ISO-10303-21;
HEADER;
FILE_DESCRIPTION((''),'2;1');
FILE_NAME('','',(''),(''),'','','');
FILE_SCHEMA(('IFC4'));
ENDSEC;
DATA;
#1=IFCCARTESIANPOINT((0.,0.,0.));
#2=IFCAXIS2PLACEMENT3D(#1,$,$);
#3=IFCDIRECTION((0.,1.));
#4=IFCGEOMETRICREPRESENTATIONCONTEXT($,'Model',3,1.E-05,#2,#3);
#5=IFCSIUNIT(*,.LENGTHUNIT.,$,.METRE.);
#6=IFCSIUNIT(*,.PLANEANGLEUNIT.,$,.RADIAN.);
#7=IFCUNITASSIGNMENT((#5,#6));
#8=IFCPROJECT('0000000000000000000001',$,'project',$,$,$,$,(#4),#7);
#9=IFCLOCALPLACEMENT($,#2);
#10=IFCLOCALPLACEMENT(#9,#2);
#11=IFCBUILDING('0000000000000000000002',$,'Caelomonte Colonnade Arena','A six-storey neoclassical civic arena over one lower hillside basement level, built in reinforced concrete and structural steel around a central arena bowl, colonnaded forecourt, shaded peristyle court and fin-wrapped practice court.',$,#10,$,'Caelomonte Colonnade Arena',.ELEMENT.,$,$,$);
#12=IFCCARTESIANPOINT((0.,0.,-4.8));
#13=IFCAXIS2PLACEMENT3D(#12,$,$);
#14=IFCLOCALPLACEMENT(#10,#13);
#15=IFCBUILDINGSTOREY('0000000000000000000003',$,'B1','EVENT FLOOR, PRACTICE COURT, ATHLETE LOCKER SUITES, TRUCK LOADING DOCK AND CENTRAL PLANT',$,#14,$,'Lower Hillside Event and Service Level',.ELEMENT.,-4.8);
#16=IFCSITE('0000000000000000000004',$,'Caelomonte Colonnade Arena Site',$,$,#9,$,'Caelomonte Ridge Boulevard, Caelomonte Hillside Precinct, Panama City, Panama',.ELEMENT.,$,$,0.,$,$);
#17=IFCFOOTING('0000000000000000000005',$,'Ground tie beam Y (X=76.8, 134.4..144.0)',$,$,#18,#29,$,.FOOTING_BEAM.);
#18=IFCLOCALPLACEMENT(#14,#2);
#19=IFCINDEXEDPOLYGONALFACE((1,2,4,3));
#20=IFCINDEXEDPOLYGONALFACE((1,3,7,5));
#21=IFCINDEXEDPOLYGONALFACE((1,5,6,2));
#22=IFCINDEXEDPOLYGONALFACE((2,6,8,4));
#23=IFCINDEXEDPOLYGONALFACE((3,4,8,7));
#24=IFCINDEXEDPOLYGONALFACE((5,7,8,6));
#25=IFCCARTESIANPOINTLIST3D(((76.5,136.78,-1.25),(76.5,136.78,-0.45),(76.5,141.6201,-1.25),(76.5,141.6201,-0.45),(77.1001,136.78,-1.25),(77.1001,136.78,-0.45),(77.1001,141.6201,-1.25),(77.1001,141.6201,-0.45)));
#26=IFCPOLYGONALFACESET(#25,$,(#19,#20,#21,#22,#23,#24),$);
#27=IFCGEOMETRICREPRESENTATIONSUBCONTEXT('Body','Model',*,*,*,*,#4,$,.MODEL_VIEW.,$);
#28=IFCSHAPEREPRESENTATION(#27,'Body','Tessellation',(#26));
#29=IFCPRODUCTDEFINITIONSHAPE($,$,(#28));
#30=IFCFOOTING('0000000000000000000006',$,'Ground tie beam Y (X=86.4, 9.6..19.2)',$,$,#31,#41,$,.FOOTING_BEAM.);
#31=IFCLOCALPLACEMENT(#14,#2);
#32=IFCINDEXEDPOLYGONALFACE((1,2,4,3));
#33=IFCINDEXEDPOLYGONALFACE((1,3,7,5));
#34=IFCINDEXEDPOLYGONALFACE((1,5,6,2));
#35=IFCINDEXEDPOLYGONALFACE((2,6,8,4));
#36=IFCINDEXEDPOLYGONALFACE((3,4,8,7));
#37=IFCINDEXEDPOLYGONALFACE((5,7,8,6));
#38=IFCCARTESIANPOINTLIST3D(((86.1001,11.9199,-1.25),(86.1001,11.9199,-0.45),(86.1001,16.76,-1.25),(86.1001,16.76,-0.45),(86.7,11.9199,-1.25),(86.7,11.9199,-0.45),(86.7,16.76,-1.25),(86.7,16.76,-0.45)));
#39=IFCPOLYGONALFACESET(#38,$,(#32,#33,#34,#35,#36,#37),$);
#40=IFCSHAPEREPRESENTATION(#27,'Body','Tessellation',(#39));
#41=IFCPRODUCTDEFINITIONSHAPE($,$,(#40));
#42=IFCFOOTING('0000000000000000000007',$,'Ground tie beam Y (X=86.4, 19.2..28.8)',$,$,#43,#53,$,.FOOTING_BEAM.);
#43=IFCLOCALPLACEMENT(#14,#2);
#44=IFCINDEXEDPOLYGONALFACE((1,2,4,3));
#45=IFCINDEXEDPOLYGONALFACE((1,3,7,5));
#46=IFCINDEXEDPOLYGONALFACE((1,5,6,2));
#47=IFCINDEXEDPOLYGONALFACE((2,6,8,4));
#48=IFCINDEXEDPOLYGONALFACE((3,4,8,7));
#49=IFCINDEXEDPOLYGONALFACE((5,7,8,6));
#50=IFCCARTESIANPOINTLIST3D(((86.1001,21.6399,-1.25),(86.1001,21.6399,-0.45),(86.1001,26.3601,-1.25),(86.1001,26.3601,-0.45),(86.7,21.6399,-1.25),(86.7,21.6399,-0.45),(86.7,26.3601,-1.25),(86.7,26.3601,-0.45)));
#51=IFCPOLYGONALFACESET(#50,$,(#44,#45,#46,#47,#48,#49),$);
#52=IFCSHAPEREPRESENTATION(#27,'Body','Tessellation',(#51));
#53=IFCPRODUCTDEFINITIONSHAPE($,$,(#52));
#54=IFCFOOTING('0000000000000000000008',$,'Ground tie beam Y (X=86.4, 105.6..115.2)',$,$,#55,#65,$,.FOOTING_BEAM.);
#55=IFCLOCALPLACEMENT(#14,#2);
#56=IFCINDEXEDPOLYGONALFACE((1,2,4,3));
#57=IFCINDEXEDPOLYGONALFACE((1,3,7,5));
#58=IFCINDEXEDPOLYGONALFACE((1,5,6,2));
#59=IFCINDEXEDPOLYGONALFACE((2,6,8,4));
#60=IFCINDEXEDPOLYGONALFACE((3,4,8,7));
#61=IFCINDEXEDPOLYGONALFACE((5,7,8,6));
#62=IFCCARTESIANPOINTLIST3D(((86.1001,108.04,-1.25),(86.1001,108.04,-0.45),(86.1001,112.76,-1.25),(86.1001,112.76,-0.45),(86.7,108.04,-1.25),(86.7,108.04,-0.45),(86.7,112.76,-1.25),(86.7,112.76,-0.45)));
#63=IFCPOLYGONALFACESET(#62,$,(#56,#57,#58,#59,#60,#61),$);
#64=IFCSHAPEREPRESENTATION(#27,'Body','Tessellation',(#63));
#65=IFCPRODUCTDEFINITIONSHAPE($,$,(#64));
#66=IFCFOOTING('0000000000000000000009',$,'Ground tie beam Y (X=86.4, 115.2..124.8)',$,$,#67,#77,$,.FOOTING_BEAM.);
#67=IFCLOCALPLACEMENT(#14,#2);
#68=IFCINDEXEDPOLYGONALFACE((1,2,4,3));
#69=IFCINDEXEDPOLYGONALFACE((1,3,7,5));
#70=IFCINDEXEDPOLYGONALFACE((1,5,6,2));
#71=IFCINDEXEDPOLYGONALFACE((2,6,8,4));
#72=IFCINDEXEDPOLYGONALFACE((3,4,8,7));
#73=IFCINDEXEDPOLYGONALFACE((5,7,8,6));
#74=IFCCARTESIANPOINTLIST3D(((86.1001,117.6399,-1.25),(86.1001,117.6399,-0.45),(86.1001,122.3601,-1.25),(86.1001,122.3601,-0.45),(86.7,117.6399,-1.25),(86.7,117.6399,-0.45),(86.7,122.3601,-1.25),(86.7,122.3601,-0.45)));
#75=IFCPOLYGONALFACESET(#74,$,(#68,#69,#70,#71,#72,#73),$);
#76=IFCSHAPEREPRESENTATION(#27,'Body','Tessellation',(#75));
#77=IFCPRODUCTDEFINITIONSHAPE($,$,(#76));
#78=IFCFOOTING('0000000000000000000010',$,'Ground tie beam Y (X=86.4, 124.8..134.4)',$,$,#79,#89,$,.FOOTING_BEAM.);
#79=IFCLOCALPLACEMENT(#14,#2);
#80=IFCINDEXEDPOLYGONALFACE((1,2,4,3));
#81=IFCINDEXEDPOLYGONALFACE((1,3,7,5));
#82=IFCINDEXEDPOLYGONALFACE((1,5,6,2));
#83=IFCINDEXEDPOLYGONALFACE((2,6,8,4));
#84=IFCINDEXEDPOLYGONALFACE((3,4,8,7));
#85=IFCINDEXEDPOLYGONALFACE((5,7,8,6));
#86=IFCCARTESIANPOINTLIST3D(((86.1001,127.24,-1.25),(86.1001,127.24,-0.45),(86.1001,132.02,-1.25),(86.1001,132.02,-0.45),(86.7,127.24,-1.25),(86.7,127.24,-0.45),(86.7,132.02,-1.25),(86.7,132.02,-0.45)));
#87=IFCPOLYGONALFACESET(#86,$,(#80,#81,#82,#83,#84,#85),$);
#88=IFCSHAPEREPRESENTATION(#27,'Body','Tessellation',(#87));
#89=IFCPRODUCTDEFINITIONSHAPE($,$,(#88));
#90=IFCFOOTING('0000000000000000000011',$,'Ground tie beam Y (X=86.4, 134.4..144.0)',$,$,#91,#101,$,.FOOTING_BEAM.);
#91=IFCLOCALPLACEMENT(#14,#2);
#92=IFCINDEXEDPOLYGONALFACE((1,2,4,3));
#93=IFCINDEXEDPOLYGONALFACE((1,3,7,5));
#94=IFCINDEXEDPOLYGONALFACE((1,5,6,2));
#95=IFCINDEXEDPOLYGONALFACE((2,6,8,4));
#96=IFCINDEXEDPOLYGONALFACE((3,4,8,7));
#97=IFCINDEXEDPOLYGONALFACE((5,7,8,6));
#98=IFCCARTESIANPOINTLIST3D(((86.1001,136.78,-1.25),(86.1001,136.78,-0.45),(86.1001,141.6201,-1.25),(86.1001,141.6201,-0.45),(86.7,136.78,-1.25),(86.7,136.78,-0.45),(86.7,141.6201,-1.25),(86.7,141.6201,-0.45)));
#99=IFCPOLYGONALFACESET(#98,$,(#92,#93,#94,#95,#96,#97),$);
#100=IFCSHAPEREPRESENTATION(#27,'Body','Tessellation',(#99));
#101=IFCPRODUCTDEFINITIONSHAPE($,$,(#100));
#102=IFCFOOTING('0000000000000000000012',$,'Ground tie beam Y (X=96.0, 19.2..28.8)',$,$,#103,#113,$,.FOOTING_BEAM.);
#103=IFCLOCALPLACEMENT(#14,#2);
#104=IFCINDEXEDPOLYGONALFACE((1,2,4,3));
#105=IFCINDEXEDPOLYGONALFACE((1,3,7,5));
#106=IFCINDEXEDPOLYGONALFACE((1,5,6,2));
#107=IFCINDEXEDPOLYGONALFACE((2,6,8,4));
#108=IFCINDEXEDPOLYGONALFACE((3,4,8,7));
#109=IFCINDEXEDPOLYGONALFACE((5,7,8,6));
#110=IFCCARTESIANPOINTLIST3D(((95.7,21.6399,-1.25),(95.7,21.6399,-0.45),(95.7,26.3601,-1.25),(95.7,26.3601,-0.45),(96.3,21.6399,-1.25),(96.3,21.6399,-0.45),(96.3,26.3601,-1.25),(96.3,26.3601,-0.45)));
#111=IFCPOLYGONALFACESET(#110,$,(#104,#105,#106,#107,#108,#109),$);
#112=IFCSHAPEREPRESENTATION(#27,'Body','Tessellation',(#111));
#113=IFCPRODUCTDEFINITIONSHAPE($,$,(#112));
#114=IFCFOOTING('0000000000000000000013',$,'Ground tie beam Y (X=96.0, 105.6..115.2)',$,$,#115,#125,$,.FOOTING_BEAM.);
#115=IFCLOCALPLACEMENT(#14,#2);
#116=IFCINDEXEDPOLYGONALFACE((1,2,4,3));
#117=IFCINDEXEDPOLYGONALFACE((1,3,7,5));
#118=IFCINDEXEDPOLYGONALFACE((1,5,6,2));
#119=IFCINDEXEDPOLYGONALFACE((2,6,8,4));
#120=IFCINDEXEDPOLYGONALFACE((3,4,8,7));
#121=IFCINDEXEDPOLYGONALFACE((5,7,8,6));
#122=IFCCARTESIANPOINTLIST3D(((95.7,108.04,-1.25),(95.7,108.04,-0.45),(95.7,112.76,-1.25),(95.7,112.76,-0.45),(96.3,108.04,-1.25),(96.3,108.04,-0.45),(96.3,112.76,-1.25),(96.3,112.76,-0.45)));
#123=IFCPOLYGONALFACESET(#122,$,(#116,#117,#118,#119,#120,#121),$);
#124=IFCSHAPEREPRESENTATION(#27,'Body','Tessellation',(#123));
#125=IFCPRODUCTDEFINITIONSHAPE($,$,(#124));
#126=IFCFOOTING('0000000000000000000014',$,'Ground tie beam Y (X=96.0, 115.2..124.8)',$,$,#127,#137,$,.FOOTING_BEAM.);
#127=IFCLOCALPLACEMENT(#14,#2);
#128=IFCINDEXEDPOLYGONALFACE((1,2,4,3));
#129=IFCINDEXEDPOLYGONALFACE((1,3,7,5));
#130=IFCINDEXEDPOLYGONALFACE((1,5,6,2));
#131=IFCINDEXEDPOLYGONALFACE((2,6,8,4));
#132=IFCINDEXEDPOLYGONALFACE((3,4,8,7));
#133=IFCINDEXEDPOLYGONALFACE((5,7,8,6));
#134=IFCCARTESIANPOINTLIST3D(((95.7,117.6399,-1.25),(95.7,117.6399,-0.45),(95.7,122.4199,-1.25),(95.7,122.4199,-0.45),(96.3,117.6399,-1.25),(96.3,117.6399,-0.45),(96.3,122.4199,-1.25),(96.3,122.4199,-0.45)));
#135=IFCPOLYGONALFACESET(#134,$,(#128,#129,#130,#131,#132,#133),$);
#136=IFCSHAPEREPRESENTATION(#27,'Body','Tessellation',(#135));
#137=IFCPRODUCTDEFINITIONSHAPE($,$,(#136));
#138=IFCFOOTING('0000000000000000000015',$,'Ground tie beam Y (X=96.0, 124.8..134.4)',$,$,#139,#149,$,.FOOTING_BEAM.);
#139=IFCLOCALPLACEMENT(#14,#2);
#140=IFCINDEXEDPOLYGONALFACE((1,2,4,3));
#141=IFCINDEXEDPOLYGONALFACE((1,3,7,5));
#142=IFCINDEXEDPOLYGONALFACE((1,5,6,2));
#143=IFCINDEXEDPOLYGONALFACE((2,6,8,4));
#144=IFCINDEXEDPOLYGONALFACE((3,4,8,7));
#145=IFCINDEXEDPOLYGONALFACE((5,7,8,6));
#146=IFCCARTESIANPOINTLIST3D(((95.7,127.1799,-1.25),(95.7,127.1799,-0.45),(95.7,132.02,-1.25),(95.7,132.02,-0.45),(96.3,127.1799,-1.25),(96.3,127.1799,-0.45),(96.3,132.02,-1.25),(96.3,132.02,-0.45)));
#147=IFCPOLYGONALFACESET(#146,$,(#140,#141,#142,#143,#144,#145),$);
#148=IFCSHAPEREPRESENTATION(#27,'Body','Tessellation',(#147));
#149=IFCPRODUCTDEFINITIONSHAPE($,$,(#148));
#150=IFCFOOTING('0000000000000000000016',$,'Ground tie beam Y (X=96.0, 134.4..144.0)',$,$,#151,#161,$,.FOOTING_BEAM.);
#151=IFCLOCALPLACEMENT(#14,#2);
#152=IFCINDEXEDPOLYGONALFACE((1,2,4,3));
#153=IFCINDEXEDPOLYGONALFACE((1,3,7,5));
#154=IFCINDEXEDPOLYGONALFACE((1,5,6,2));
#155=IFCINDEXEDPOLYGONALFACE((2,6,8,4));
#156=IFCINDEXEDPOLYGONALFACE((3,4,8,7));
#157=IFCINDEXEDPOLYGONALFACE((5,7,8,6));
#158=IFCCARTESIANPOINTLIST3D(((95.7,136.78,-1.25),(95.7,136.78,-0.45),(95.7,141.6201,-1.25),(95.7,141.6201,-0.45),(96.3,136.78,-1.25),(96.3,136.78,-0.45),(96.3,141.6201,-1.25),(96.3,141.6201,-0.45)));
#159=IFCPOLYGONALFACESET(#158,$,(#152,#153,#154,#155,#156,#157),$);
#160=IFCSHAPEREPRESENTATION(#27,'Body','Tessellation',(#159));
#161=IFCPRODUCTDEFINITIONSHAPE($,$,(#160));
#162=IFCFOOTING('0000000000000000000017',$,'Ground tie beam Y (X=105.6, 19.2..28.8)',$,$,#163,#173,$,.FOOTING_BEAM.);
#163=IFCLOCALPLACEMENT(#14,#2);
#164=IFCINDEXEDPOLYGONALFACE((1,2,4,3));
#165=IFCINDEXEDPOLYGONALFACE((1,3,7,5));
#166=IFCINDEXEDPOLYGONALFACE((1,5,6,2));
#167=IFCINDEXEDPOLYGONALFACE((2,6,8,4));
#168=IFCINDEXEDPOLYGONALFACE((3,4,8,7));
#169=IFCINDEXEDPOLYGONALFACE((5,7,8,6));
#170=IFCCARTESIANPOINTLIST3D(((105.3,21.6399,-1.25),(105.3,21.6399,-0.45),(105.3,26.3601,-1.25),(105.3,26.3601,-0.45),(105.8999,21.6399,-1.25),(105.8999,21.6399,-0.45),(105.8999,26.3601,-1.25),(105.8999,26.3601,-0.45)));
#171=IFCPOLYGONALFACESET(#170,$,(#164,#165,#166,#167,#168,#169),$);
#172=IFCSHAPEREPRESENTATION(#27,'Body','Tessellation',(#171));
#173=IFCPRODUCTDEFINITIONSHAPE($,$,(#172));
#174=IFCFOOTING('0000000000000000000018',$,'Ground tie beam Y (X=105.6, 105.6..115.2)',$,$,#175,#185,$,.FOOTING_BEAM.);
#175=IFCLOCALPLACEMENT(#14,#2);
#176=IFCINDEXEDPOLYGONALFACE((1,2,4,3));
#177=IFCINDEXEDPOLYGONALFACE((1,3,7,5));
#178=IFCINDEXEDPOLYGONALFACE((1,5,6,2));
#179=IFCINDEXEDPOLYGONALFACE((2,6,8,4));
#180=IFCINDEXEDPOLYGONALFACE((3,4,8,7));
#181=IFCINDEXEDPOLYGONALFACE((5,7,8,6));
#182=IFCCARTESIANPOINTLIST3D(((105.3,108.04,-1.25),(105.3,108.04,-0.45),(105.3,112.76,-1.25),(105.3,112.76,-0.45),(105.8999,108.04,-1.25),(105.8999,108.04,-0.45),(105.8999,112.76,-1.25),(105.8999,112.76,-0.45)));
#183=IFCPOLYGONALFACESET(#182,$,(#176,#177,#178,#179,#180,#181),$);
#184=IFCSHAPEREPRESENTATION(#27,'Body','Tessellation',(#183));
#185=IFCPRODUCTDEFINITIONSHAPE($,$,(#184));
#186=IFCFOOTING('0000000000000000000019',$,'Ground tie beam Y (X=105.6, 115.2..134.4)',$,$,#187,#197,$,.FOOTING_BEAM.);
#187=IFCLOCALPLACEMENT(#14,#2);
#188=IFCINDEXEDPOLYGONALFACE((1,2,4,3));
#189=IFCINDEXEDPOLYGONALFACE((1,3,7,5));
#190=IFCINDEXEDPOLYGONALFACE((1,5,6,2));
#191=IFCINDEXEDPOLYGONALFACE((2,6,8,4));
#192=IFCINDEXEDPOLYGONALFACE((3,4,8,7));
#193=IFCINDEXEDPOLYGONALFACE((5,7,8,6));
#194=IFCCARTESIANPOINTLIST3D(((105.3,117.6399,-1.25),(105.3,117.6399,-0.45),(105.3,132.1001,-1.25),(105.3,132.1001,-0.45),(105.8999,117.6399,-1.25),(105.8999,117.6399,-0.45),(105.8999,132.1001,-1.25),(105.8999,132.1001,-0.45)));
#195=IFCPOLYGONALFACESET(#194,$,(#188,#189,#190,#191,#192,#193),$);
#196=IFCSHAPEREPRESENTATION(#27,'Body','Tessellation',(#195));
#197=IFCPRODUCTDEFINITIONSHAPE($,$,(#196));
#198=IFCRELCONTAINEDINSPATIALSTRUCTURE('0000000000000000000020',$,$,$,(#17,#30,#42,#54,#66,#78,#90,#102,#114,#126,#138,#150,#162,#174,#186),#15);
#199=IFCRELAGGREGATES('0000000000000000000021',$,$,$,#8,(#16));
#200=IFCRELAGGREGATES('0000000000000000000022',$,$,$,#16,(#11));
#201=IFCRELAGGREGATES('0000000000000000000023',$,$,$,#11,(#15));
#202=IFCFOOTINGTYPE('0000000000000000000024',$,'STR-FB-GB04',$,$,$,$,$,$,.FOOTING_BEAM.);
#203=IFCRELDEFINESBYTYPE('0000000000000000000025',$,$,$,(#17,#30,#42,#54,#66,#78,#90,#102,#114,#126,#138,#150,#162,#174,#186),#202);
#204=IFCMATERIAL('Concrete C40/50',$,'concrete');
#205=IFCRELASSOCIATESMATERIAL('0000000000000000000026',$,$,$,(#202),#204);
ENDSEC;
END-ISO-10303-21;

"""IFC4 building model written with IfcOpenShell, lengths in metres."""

from ifc_helpers import new_model, si_unit, direction, frame, origin, place, context, subcontext, project, spatial, polyline, outline, extrude, material, type_object, element, save


model = new_model("IFC4")

# Units and contexts
model_context = context("Model", 3, precision=1e-05, world=origin(), true_north=direction((0.0, 1.0)))
body_context = subcontext(model_context, "Body", "Model", "MODEL_VIEW")
ifc_project = project(units=[si_unit("LENGTHUNIT", "METRE"), si_unit("PLANEANGLEUNIT", "RADIAN")], contexts=[model_context])

# Site, building, storey
site_placement = place(None, origin())
site = spatial("IfcSite", under=ifc_project, at=site_placement, Name="Caelomonte Colonnade Arena Site", LongName="Caelomonte Ridge Boulevard, Caelomonte Hillside Precinct, Panama City, Panama", CompositionType="ELEMENT", RefElevation=0.0)
building_placement = place(site_placement, origin())
building = spatial("IfcBuilding", under=site, at=building_placement, Name="Caelomonte Colonnade Arena", Description="A six-storey neoclassical civic arena over one lower hillside basement level, built in reinforced concrete and structural steel around a central arena bowl, colonnaded forecourt, shaded peristyle court and fin-wrapped practice court.", LongName="Caelomonte Colonnade Arena", CompositionType="ELEMENT")
storey_placement = place(building_placement, frame((0.0, 0.0, -4.8)))
storey = spatial("IfcBuildingStorey", under=building, at=storey_placement, Name="B1", Description="EVENT FLOOR, PRACTICE COURT, ATHLETE LOCKER SUITES, TRUCK LOADING DOCK AND CENTRAL PLANT", LongName="Lower Hillside Event and Service Level", CompositionType="ELEMENT", Elevation=-4.8)

# Footings
ifc_material = material(Name="Concrete C40/50", Category="concrete")
footing_type = type_object("IfcFootingType", Name="STR-FB-GB04", PredefinedType="FOOTING_BEAM", material=ifc_material)
footing_1_placement = place(storey_placement, frame((0.0, 0.0, -1.25)))
element("IfcFooting", 1, at=footing_1_placement, inside=storey, type_object=footing_type, Name="Ground tie beam Y (X=76.8, 134.4..144.0)", PredefinedType="FOOTING_BEAM", context=body_context, shape_type="SweptSolid", body=[
    extrude(outline(polyline([(76.5, 136.78), (77.1001, 136.78), (77.1001, 141.6201), (76.5, 141.6201), (76.5, 136.78)])), origin(), (0.0, 0.0, 1.0), 0.8),
])
footing_2_placement = place(storey_placement, frame((0.0, 0.0, -1.25)))
element("IfcFooting", 2, at=footing_2_placement, inside=storey, type_object=footing_type, Name="Ground tie beam Y (X=86.4, 9.6..19.2)", PredefinedType="FOOTING_BEAM", context=body_context, shape_type="SweptSolid", body=[
    extrude(outline(polyline([(86.1001, 11.9199), (86.7, 11.9199), (86.7, 16.76), (86.1001, 16.76), (86.1001, 11.9199)])), origin(), (0.0, 0.0, 1.0), 0.8),
])
footing_3_placement = place(storey_placement, frame((0.0, 0.0, -1.25)))
element("IfcFooting", 3, at=footing_3_placement, inside=storey, type_object=footing_type, Name="Ground tie beam Y (X=86.4, 19.2..28.8)", PredefinedType="FOOTING_BEAM", context=body_context, shape_type="SweptSolid", body=[
    extrude(outline(polyline([(86.1001, 21.6399), (86.7, 21.6399), (86.7, 26.3601), (86.1001, 26.3601), (86.1001, 21.6399)])), origin(), (0.0, 0.0, 1.0), 0.8),
])
footing_4_placement = place(storey_placement, frame((0.0, 0.0, -1.25)))
element("IfcFooting", 4, at=footing_4_placement, inside=storey, type_object=footing_type, Name="Ground tie beam Y (X=86.4, 105.6..115.2)", PredefinedType="FOOTING_BEAM", context=body_context, shape_type="SweptSolid", body=[
    extrude(outline(polyline([(86.1001, 108.04), (86.7, 108.04), (86.7, 112.76), (86.1001, 112.76), (86.1001, 108.04)])), origin(), (0.0, 0.0, 1.0), 0.8),
])
footing_5_placement = place(storey_placement, frame((0.0, 0.0, -1.25)))
element("IfcFooting", 5, at=footing_5_placement, inside=storey, type_object=footing_type, Name="Ground tie beam Y (X=86.4, 115.2..124.8)", PredefinedType="FOOTING_BEAM", context=body_context, shape_type="SweptSolid", body=[
    extrude(outline(polyline([(86.1001, 117.6399), (86.7, 117.6399), (86.7, 122.3601), (86.1001, 122.3601), (86.1001, 117.6399)])), origin(), (0.0, 0.0, 1.0), 0.8),
])
footing_6_placement = place(storey_placement, frame((0.0, 0.0, -1.25)))
element("IfcFooting", 6, at=footing_6_placement, inside=storey, type_object=footing_type, Name="Ground tie beam Y (X=86.4, 124.8..134.4)", PredefinedType="FOOTING_BEAM", context=body_context, shape_type="SweptSolid", body=[
    extrude(outline(polyline([(86.1001, 127.24), (86.7, 127.24), (86.7, 132.02), (86.1001, 132.02), (86.1001, 127.24)])), origin(), (0.0, 0.0, 1.0), 0.8),
])
footing_7_placement = place(storey_placement, frame((0.0, 0.0, -1.25)))
element("IfcFooting", 7, at=footing_7_placement, inside=storey, type_object=footing_type, Name="Ground tie beam Y (X=86.4, 134.4..144.0)", PredefinedType="FOOTING_BEAM", context=body_context, shape_type="SweptSolid", body=[
    extrude(outline(polyline([(86.1001, 136.78), (86.7, 136.78), (86.7, 141.6201), (86.1001, 141.6201), (86.1001, 136.78)])), origin(), (0.0, 0.0, 1.0), 0.8),
])
footing_8_placement = place(storey_placement, frame((0.0, 0.0, -1.25)))
element("IfcFooting", 8, at=footing_8_placement, inside=storey, type_object=footing_type, Name="Ground tie beam Y (X=96.0, 19.2..28.8)", PredefinedType="FOOTING_BEAM", context=body_context, shape_type="SweptSolid", body=[
    extrude(outline(polyline([(95.7, 21.6399), (96.3, 21.6399), (96.3, 26.3601), (95.7, 26.3601), (95.7, 21.6399)])), origin(), (0.0, 0.0, 1.0), 0.8),
])
footing_9_placement = place(storey_placement, frame((0.0, 0.0, -1.25)))
element("IfcFooting", 9, at=footing_9_placement, inside=storey, type_object=footing_type, Name="Ground tie beam Y (X=96.0, 105.6..115.2)", PredefinedType="FOOTING_BEAM", context=body_context, shape_type="SweptSolid", body=[
    extrude(outline(polyline([(95.7, 108.04), (96.3, 108.04), (96.3, 112.76), (95.7, 112.76), (95.7, 108.04)])), origin(), (0.0, 0.0, 1.0), 0.8),
])
footing_10_placement = place(storey_placement, frame((0.0, 0.0, -1.25)))
element("IfcFooting", 10, at=footing_10_placement, inside=storey, type_object=footing_type, Name="Ground tie beam Y (X=96.0, 115.2..124.8)", PredefinedType="FOOTING_BEAM", context=body_context, shape_type="SweptSolid", body=[
    extrude(outline(polyline([(95.7, 117.6399), (96.3, 117.6399), (96.3, 122.4199), (95.7, 122.4199), (95.7, 117.6399)])), origin(), (0.0, 0.0, 1.0), 0.8),
])
footing_11_placement = place(storey_placement, frame((0.0, 0.0, -1.25)))
element("IfcFooting", 11, at=footing_11_placement, inside=storey, type_object=footing_type, Name="Ground tie beam Y (X=96.0, 124.8..134.4)", PredefinedType="FOOTING_BEAM", context=body_context, shape_type="SweptSolid", body=[
    extrude(outline(polyline([(95.7, 127.1799), (96.3, 127.1799), (96.3, 132.02), (95.7, 132.02), (95.7, 127.1799)])), origin(), (0.0, 0.0, 1.0), 0.8),
])
footing_12_placement = place(storey_placement, frame((0.0, 0.0, -1.25)))
element("IfcFooting", 12, at=footing_12_placement, inside=storey, type_object=footing_type, Name="Ground tie beam Y (X=96.0, 134.4..144.0)", PredefinedType="FOOTING_BEAM", context=body_context, shape_type="SweptSolid", body=[
    extrude(outline(polyline([(95.7, 136.78), (96.3, 136.78), (96.3, 141.6201), (95.7, 141.6201), (95.7, 136.78)])), origin(), (0.0, 0.0, 1.0), 0.8),
])
footing_13_placement = place(storey_placement, frame((0.0, 0.0, -1.25)))
element("IfcFooting", 13, at=footing_13_placement, inside=storey, type_object=footing_type, Name="Ground tie beam Y (X=105.6, 19.2..28.8)", PredefinedType="FOOTING_BEAM", context=body_context, shape_type="SweptSolid", body=[
    extrude(outline(polyline([(105.3, 21.6399), (105.8999, 21.6399), (105.8999, 26.3601), (105.3, 26.3601), (105.3, 21.6399)])), origin(), (0.0, 0.0, 1.0), 0.8),
])
footing_14_placement = place(storey_placement, frame((0.0, 0.0, -1.25)))
element("IfcFooting", 14, at=footing_14_placement, inside=storey, type_object=footing_type, Name="Ground tie beam Y (X=105.6, 105.6..115.2)", PredefinedType="FOOTING_BEAM", context=body_context, shape_type="SweptSolid", body=[
    extrude(outline(polyline([(105.3, 108.04), (105.8999, 108.04), (105.8999, 112.76), (105.3, 112.76), (105.3, 108.04)])), origin(), (0.0, 0.0, 1.0), 0.8),
])
footing_15_placement = place(storey_placement, frame((0.0, 0.0, -1.25)))
element("IfcFooting", 15, at=footing_15_placement, inside=storey, type_object=footing_type, Name="Ground tie beam Y (X=105.6, 115.2..134.4)", PredefinedType="FOOTING_BEAM", context=body_context, shape_type="SweptSolid", body=[
    extrude(outline(polyline([(105.3, 117.6399), (105.8999, 117.6399), (105.8999, 132.1001), (105.3, 132.1001), (105.3, 117.6399)])), origin(), (0.0, 0.0, 1.0), 0.8),
])

save(model, "model.ifc")
